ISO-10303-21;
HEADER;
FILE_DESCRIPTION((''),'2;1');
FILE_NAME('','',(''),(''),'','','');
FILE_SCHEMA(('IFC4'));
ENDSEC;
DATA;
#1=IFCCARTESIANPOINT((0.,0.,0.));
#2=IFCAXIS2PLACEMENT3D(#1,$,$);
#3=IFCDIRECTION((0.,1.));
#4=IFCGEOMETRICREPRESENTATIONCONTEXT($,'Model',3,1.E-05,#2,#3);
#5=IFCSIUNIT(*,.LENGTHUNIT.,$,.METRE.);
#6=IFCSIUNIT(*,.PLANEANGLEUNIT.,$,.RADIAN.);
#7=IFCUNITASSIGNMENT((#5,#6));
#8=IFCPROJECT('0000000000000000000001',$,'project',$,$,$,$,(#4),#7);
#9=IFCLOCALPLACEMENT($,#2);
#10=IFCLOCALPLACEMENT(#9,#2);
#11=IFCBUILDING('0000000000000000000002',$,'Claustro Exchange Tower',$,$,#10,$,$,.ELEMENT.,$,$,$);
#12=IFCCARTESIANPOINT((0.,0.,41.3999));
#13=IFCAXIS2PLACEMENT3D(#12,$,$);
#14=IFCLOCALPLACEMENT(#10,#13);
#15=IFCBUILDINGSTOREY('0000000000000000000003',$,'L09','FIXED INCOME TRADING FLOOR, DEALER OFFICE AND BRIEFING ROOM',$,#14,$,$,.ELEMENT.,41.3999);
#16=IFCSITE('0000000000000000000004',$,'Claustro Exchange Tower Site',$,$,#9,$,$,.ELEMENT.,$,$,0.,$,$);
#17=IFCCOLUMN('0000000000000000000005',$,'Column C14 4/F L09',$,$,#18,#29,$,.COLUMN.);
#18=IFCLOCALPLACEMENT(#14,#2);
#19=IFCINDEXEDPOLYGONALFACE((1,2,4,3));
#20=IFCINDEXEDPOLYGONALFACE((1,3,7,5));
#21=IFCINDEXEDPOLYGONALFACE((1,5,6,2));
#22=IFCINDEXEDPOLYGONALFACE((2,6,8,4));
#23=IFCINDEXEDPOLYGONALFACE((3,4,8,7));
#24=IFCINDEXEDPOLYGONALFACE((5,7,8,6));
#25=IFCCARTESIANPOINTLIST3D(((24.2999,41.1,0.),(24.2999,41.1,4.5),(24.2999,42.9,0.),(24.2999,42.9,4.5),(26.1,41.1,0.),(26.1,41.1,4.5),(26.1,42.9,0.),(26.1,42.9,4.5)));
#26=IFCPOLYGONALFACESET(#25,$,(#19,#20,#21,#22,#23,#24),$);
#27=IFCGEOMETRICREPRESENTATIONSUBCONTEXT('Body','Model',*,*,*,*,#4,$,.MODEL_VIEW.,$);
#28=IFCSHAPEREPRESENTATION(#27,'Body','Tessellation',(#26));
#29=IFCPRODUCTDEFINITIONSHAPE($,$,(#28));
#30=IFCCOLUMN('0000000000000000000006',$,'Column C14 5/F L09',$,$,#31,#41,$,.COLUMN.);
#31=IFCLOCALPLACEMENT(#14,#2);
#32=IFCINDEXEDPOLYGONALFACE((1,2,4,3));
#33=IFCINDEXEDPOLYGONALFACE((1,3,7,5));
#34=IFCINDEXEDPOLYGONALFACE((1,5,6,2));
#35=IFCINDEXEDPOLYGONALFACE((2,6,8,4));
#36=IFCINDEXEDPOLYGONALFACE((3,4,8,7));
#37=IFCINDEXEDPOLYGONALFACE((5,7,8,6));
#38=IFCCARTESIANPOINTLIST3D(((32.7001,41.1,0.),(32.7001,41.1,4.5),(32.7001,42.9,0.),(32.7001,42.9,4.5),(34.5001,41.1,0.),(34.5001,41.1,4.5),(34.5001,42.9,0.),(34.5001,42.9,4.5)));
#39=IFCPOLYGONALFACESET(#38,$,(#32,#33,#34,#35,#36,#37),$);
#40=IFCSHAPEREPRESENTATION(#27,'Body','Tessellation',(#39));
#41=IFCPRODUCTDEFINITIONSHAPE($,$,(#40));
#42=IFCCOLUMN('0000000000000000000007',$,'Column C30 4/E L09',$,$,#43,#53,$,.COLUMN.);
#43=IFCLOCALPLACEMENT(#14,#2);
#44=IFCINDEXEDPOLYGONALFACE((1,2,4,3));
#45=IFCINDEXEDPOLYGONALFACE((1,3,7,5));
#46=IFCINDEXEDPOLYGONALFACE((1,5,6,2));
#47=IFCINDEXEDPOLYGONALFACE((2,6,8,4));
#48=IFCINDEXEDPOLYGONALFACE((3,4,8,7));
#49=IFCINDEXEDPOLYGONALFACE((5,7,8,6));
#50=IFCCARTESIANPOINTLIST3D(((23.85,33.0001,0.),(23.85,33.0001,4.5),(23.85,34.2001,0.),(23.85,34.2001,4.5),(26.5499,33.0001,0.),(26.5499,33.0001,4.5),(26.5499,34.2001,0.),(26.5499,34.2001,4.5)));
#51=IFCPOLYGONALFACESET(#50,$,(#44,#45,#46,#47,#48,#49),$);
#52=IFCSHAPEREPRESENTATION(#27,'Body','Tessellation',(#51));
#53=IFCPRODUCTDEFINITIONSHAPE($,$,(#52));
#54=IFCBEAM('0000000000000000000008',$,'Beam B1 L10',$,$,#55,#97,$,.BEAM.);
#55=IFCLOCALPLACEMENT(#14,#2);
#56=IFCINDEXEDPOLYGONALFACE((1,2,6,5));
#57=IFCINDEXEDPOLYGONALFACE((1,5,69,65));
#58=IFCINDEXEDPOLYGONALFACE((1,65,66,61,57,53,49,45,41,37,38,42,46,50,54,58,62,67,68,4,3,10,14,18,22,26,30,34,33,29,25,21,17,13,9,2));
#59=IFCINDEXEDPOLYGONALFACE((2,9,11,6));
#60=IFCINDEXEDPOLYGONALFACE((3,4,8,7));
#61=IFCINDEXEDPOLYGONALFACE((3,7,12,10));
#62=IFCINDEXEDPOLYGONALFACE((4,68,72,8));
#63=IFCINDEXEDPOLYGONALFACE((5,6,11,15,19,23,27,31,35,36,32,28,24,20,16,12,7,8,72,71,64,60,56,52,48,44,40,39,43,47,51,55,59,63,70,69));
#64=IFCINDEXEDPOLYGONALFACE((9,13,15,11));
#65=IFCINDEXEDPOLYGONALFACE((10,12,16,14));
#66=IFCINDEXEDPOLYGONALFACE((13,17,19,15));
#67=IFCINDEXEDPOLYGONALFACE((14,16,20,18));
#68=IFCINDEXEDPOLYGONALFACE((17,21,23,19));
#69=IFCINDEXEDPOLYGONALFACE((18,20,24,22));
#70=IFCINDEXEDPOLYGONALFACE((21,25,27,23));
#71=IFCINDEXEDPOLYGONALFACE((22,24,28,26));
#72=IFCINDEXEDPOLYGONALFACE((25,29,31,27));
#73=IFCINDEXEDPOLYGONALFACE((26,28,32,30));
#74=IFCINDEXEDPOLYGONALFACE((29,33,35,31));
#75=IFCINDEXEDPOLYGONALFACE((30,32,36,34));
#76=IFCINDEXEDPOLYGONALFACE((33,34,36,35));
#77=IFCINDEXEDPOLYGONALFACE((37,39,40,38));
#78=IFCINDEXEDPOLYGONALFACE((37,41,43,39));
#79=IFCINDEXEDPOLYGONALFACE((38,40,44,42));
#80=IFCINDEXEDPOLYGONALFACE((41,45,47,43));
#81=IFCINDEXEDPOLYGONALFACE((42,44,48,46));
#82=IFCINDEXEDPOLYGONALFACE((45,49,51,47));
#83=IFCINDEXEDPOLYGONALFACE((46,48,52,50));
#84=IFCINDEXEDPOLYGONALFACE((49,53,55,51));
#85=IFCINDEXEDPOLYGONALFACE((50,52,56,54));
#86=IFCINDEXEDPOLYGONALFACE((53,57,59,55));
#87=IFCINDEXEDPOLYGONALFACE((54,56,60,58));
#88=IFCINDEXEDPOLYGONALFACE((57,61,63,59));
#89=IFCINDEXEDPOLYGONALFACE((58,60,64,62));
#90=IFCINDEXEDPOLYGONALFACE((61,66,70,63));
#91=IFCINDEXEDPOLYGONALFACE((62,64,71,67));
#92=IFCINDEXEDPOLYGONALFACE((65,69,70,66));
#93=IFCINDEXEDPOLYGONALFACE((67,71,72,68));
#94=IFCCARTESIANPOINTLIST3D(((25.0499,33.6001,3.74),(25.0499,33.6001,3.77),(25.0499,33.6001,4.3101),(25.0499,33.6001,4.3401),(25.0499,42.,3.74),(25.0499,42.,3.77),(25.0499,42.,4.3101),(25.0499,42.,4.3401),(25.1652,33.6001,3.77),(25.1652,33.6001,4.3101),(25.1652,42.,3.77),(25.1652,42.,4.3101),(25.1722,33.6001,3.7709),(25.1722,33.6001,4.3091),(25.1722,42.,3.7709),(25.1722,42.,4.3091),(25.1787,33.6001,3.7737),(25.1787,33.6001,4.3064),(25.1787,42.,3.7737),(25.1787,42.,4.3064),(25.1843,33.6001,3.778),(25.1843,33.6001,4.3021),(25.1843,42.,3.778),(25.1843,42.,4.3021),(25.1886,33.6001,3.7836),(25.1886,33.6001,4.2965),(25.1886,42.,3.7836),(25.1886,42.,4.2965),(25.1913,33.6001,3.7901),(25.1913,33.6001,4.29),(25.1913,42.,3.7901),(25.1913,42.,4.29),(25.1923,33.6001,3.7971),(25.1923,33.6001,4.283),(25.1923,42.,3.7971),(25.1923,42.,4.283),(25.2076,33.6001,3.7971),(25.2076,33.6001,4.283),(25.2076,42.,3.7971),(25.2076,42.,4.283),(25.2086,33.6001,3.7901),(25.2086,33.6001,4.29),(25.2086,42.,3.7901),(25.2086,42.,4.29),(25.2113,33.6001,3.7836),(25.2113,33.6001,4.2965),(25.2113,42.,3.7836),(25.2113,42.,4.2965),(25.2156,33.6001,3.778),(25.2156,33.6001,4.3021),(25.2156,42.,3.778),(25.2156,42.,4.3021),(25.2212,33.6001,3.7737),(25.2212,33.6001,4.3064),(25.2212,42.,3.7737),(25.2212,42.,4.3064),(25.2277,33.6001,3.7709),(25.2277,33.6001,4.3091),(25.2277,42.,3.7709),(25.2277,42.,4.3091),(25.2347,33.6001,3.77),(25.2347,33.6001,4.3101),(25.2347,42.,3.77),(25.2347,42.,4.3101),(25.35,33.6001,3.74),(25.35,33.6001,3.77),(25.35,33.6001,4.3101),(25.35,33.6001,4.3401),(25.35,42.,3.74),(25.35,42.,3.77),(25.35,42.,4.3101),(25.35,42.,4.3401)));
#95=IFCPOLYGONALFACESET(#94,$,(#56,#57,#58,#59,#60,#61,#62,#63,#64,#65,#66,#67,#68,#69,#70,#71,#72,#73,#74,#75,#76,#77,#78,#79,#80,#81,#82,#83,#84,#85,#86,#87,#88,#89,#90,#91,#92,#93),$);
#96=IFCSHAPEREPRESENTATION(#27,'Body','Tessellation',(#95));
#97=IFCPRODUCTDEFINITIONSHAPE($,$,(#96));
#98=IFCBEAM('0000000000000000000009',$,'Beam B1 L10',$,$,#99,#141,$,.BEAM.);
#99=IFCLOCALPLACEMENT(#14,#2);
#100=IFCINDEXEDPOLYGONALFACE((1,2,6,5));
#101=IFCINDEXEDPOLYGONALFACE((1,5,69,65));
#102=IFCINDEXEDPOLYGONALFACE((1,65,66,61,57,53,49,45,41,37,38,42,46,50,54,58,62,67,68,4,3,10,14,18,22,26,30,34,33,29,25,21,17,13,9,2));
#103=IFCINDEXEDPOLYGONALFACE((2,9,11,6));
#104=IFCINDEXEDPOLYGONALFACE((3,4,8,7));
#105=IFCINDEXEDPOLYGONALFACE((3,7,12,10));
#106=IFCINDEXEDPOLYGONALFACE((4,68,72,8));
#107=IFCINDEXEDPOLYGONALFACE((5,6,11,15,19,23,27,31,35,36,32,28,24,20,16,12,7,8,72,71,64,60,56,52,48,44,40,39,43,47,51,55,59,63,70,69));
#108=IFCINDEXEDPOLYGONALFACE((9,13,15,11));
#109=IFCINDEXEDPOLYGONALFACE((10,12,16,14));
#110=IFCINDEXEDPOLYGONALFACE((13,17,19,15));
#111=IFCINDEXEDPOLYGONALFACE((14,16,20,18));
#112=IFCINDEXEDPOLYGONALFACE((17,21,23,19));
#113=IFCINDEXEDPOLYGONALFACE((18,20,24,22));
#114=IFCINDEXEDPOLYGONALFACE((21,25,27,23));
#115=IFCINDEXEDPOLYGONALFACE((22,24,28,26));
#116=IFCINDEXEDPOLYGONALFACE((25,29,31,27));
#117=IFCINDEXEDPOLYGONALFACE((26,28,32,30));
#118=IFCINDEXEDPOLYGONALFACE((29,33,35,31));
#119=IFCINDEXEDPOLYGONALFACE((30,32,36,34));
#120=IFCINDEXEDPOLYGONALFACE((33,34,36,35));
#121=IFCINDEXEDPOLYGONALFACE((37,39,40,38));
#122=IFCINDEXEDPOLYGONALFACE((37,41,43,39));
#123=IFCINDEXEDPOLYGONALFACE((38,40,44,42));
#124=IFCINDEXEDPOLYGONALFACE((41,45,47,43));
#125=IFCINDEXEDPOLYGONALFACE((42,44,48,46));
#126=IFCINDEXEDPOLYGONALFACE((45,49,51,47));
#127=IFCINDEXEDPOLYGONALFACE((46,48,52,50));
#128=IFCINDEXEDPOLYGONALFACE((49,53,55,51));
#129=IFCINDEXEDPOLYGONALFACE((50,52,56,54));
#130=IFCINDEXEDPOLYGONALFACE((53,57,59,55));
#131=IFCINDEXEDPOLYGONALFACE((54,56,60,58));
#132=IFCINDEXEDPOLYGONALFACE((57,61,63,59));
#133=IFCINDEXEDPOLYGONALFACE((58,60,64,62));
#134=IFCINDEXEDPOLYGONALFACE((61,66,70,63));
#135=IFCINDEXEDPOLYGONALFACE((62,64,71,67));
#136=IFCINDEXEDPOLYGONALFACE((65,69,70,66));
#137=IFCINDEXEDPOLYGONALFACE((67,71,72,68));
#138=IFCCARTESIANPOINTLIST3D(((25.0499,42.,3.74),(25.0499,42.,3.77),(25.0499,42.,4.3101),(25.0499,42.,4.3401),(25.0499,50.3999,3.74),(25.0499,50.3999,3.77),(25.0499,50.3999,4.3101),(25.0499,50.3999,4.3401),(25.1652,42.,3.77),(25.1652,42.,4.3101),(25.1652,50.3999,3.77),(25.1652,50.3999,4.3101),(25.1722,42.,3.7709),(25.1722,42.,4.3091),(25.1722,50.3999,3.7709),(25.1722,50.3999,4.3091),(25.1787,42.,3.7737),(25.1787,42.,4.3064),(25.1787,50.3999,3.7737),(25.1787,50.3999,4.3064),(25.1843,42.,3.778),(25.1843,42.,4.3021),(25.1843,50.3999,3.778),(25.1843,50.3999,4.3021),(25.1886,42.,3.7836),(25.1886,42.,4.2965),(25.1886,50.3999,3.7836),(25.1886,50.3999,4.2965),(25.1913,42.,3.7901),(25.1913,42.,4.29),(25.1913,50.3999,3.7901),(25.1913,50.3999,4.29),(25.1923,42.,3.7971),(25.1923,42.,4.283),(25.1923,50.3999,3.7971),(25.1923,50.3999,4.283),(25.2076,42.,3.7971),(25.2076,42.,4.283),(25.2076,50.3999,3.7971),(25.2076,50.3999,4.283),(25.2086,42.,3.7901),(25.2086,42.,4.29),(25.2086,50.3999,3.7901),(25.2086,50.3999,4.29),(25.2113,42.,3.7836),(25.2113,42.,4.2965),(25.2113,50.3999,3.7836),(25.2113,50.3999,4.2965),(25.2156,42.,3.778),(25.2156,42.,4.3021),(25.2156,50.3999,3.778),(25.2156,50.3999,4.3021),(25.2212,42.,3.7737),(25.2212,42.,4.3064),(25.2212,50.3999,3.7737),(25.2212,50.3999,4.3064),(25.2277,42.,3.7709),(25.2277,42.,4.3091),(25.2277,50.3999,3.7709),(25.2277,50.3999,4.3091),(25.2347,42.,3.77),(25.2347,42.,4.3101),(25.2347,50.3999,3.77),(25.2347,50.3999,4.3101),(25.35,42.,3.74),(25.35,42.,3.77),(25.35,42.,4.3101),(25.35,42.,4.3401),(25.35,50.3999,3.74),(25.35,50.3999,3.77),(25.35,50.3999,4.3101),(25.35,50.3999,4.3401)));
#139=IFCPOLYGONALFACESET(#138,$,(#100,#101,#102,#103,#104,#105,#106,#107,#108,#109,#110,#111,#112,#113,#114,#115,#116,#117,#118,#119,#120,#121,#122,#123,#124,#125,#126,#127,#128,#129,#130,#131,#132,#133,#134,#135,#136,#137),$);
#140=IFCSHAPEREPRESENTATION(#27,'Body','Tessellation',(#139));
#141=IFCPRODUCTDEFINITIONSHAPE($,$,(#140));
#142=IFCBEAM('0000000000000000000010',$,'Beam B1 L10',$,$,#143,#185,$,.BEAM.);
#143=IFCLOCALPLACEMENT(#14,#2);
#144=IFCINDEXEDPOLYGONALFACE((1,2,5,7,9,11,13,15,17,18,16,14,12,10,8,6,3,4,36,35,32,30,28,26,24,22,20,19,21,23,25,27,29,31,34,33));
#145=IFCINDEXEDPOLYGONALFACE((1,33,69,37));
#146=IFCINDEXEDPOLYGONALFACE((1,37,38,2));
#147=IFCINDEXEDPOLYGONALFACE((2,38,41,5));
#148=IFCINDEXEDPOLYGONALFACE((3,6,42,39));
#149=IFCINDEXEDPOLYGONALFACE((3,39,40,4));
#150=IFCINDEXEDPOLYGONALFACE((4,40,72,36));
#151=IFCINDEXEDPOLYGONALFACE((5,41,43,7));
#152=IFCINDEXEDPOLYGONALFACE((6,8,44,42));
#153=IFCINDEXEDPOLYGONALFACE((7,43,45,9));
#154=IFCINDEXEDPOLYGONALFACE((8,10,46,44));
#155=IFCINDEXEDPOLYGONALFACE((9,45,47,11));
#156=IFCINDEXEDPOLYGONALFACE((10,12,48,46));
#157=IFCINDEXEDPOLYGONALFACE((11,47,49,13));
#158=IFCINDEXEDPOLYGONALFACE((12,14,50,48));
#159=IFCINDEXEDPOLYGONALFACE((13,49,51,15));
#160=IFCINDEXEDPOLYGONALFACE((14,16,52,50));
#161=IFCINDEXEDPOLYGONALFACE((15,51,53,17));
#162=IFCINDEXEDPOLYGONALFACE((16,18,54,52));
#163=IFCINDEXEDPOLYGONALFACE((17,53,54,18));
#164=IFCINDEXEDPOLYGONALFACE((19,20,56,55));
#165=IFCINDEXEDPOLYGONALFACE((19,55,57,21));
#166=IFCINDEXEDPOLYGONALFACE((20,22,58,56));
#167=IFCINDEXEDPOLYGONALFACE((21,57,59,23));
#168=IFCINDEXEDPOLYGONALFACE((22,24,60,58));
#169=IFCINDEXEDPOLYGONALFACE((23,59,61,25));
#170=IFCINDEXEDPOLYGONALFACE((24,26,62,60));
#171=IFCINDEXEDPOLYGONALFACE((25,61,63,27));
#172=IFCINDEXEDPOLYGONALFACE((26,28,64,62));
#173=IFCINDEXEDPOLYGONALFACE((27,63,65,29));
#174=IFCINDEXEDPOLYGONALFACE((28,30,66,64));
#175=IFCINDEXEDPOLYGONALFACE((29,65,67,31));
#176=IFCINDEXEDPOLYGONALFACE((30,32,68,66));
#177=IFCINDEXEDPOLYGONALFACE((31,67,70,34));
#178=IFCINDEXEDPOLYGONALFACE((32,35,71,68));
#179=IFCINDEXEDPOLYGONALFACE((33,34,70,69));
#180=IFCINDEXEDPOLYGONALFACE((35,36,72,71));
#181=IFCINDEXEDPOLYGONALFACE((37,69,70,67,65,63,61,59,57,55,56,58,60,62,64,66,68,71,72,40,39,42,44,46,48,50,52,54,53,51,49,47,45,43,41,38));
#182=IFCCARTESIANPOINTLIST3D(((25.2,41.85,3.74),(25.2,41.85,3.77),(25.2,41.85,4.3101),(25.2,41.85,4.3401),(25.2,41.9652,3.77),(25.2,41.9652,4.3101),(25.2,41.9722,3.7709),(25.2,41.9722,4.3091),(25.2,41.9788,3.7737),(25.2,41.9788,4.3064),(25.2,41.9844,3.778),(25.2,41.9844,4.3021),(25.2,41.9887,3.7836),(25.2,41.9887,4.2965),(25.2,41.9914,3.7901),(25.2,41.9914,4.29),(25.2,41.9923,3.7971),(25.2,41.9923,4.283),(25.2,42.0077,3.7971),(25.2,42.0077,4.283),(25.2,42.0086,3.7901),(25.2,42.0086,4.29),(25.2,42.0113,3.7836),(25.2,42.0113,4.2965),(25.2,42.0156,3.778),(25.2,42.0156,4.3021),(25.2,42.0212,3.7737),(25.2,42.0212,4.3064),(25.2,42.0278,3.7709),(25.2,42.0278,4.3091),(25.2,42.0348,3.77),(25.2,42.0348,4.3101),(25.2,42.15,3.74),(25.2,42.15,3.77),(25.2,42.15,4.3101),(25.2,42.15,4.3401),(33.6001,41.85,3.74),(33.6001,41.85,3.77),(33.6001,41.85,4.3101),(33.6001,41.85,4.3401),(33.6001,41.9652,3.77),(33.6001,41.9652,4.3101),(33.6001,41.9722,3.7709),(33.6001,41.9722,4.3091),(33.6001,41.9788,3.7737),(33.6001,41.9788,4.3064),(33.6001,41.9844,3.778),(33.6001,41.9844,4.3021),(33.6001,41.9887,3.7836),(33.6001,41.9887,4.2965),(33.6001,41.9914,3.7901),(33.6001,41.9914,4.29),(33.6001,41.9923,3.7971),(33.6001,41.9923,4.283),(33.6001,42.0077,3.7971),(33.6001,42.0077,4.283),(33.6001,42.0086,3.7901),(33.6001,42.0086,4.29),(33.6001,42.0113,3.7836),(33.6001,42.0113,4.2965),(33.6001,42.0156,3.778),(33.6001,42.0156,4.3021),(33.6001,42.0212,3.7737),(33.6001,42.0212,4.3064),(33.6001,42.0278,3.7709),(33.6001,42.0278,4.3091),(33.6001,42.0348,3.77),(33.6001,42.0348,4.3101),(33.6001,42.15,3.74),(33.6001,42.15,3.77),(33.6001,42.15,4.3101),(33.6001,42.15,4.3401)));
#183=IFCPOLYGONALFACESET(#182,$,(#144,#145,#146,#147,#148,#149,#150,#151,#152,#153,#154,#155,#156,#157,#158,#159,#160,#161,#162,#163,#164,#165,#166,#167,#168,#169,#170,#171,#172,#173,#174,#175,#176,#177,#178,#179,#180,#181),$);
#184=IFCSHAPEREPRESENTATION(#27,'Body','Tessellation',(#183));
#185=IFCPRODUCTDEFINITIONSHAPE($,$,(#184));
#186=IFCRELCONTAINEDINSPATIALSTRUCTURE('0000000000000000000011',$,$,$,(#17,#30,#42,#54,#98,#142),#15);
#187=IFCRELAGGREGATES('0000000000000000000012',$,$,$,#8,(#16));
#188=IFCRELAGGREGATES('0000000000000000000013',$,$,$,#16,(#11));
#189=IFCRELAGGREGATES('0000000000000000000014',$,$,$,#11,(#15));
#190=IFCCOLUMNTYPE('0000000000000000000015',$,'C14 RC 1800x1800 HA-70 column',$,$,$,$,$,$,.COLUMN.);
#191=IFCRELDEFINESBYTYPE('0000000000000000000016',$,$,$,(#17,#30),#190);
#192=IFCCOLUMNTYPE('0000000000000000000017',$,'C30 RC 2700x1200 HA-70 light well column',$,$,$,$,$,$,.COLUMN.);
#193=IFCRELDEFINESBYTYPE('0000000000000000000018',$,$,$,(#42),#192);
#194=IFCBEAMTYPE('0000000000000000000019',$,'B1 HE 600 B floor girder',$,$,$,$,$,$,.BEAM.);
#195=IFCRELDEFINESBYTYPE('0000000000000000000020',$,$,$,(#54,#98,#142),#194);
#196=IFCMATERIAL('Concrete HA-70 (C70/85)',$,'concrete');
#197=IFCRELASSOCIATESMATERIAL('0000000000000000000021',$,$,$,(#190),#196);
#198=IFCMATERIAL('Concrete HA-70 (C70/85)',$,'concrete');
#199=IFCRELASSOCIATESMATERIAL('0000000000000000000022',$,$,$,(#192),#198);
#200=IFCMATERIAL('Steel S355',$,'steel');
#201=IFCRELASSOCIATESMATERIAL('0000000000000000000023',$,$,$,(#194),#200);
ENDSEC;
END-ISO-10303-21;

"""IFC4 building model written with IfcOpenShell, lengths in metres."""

from ifc_helpers import new_model, si_unit, direction, frame, origin, origin_2d, place, context, subcontext, project, spatial, rectangle, i_section, extrude, material, material_profile, profile_set, type_object, element, save


model = new_model("IFC4")

# Units and contexts
model_context = context("Model", 3, precision=1e-05, world=origin(), true_north=direction((0.0, 1.0)))
body_context = subcontext(model_context, "Body", "Model", "MODEL_VIEW")
ifc_project = project(units=[si_unit("LENGTHUNIT", "METRE"), si_unit("PLANEANGLEUNIT", "RADIAN")], contexts=[model_context])

# Site, building, storey
site_placement = place(None, origin())
site = spatial("IfcSite", under=ifc_project, at=site_placement, Name="Claustro Exchange Tower Site", CompositionType="ELEMENT", RefElevation=0.0)
building_placement = place(site_placement, origin())
building = spatial("IfcBuilding", under=site, at=building_placement, Name="Claustro Exchange Tower", CompositionType="ELEMENT")
storey_placement = place(building_placement, frame((0.0, 0.0, 41.3999)))
storey = spatial("IfcBuildingStorey", under=building, at=storey_placement, Name="L09", Description="FIXED INCOME TRADING FLOOR, DEALER OFFICE AND BRIEFING ROOM", CompositionType="ELEMENT", Elevation=41.3999)

# Columns
ifc_material_1 = material(Name="Concrete HA-70 (C70/85)", Category="concrete")
ifc_material_profile_1 = material_profile(ifc_material_1, rectangle(XDim=1.8, YDim=1.8, at=origin_2d()), Name="RC 1800x1800")
ifc_profile_set_1 = profile_set([ifc_material_profile_1], Name="Concrete HA-70 (C70/85)")
column_type_1 = type_object("IfcColumnType", Name="C14 RC 1800x1800 HA-70 column", PredefinedType="COLUMN", material=ifc_profile_set_1)
for number, where, z_axis, x_axis, name in (
    (1, (25.2, 42.0, 0.0), (0.0, 0.0, 1.0), (1.0, 0.0, 0.0), "Column C14 4/F L09"),
    (2, (33.6001, 42.0, 0.0), (0.0, 0.0, 1.0), (1.0, 0.0, 0.0), "Column C14 5/F L09"),
):
    element("IfcColumn", number, at=place(storey_placement, frame(where, z_axis=z_axis, x_axis=x_axis)), inside=storey, type_object=column_type_1, Name=name, PredefinedType="COLUMN", context=body_context, shape_type="SweptSolid", body=[
        extrude(rectangle(XDim=1.8, YDim=1.8, at=origin_2d()), origin(), (0.0, 0.0, 1.0), 4.5),
    ])
ifc_material_2 = material(Name="Concrete HA-70 (C70/85)", Category="concrete")
ifc_material_profile_2 = material_profile(ifc_material_2, rectangle(XDim=2.7, YDim=1.2, at=origin_2d()), Name="RC 2700x1200")
ifc_profile_set_2 = profile_set([ifc_material_profile_2], Name="Concrete HA-70 (C70/85)")
column_type_2 = type_object("IfcColumnType", Name="C30 RC 2700x1200 HA-70 light well column", PredefinedType="COLUMN", material=ifc_profile_set_2)
column_placement = place(storey_placement, frame((25.2, 33.6001, 0.0), z_axis=(0.0, 0.0, 1.0), x_axis=(1.0, 0.0, 0.0)))
element("IfcColumn", 3, at=column_placement, inside=storey, type_object=column_type_2, Name="Column C30 4/E L09", PredefinedType="COLUMN", context=body_context, shape_type="SweptSolid", body=[
    extrude(rectangle(XDim=2.7, YDim=1.2, at=origin_2d()), origin(), (0.0, 0.0, 1.0), 4.5),
])

# Beams
ifc_material_3 = material(Name="Steel S355", Category="steel")
ifc_material_profile_3 = material_profile(ifc_material_3, i_section(OverallWidth=0.3, OverallDepth=0.6001, WebThickness=0.0154, FlangeThickness=0.03, FilletRadius=0.0271, at=origin_2d()), Name="HE 600 B")
ifc_profile_set_3 = profile_set([ifc_material_profile_3], Name="Steel S355")
beam_type_1 = type_object("IfcBeamType", Name="B1 HE 600 B floor girder", PredefinedType="BEAM", material=ifc_profile_set_3)
for number, where, z_axis, x_axis, name in (
    (4, (25.2, 33.6001, 4.04), (0.0, 1.0, 0.0), (-1.0, 0.0, 0.0), "Beam B1 L10"),
    (5, (25.2, 42.0, 4.04), (0.0, 1.0, 0.0), (-1.0, 0.0, 0.0), "Beam B1 L10"),
):
    element("IfcBeam", number, at=place(storey_placement, frame(where, z_axis=z_axis, x_axis=x_axis)), inside=storey, type_object=beam_type_1, Name=name, PredefinedType="BEAM", context=body_context, shape_type="SweptSolid", body=[
        extrude(i_section(OverallWidth=0.3, OverallDepth=0.6001, WebThickness=0.0154, FlangeThickness=0.03, FilletRadius=0.0271, at=origin_2d()), origin(), (0.0, 0.0, 1.0), 8.3999),
    ])
beam_1_placement = place(storey_placement, frame((25.2, 42.0, 4.04), z_axis=(1.0, 0.0, 0.0), x_axis=(0.0, 1.0, 0.0)))
element("IfcBeam", 6, at=beam_1_placement, inside=storey, type_object=beam_type_1, Name="Beam B1 L10", PredefinedType="BEAM", context=body_context, shape_type="SweptSolid", body=[
    extrude(i_section(OverallWidth=0.3, OverallDepth=0.6001, WebThickness=0.0154, FlangeThickness=0.03, FilletRadius=0.0271, at=origin_2d()), origin(), (0.0, 0.0, 1.0), 8.4001),
])

save(model, "model.ifc")
